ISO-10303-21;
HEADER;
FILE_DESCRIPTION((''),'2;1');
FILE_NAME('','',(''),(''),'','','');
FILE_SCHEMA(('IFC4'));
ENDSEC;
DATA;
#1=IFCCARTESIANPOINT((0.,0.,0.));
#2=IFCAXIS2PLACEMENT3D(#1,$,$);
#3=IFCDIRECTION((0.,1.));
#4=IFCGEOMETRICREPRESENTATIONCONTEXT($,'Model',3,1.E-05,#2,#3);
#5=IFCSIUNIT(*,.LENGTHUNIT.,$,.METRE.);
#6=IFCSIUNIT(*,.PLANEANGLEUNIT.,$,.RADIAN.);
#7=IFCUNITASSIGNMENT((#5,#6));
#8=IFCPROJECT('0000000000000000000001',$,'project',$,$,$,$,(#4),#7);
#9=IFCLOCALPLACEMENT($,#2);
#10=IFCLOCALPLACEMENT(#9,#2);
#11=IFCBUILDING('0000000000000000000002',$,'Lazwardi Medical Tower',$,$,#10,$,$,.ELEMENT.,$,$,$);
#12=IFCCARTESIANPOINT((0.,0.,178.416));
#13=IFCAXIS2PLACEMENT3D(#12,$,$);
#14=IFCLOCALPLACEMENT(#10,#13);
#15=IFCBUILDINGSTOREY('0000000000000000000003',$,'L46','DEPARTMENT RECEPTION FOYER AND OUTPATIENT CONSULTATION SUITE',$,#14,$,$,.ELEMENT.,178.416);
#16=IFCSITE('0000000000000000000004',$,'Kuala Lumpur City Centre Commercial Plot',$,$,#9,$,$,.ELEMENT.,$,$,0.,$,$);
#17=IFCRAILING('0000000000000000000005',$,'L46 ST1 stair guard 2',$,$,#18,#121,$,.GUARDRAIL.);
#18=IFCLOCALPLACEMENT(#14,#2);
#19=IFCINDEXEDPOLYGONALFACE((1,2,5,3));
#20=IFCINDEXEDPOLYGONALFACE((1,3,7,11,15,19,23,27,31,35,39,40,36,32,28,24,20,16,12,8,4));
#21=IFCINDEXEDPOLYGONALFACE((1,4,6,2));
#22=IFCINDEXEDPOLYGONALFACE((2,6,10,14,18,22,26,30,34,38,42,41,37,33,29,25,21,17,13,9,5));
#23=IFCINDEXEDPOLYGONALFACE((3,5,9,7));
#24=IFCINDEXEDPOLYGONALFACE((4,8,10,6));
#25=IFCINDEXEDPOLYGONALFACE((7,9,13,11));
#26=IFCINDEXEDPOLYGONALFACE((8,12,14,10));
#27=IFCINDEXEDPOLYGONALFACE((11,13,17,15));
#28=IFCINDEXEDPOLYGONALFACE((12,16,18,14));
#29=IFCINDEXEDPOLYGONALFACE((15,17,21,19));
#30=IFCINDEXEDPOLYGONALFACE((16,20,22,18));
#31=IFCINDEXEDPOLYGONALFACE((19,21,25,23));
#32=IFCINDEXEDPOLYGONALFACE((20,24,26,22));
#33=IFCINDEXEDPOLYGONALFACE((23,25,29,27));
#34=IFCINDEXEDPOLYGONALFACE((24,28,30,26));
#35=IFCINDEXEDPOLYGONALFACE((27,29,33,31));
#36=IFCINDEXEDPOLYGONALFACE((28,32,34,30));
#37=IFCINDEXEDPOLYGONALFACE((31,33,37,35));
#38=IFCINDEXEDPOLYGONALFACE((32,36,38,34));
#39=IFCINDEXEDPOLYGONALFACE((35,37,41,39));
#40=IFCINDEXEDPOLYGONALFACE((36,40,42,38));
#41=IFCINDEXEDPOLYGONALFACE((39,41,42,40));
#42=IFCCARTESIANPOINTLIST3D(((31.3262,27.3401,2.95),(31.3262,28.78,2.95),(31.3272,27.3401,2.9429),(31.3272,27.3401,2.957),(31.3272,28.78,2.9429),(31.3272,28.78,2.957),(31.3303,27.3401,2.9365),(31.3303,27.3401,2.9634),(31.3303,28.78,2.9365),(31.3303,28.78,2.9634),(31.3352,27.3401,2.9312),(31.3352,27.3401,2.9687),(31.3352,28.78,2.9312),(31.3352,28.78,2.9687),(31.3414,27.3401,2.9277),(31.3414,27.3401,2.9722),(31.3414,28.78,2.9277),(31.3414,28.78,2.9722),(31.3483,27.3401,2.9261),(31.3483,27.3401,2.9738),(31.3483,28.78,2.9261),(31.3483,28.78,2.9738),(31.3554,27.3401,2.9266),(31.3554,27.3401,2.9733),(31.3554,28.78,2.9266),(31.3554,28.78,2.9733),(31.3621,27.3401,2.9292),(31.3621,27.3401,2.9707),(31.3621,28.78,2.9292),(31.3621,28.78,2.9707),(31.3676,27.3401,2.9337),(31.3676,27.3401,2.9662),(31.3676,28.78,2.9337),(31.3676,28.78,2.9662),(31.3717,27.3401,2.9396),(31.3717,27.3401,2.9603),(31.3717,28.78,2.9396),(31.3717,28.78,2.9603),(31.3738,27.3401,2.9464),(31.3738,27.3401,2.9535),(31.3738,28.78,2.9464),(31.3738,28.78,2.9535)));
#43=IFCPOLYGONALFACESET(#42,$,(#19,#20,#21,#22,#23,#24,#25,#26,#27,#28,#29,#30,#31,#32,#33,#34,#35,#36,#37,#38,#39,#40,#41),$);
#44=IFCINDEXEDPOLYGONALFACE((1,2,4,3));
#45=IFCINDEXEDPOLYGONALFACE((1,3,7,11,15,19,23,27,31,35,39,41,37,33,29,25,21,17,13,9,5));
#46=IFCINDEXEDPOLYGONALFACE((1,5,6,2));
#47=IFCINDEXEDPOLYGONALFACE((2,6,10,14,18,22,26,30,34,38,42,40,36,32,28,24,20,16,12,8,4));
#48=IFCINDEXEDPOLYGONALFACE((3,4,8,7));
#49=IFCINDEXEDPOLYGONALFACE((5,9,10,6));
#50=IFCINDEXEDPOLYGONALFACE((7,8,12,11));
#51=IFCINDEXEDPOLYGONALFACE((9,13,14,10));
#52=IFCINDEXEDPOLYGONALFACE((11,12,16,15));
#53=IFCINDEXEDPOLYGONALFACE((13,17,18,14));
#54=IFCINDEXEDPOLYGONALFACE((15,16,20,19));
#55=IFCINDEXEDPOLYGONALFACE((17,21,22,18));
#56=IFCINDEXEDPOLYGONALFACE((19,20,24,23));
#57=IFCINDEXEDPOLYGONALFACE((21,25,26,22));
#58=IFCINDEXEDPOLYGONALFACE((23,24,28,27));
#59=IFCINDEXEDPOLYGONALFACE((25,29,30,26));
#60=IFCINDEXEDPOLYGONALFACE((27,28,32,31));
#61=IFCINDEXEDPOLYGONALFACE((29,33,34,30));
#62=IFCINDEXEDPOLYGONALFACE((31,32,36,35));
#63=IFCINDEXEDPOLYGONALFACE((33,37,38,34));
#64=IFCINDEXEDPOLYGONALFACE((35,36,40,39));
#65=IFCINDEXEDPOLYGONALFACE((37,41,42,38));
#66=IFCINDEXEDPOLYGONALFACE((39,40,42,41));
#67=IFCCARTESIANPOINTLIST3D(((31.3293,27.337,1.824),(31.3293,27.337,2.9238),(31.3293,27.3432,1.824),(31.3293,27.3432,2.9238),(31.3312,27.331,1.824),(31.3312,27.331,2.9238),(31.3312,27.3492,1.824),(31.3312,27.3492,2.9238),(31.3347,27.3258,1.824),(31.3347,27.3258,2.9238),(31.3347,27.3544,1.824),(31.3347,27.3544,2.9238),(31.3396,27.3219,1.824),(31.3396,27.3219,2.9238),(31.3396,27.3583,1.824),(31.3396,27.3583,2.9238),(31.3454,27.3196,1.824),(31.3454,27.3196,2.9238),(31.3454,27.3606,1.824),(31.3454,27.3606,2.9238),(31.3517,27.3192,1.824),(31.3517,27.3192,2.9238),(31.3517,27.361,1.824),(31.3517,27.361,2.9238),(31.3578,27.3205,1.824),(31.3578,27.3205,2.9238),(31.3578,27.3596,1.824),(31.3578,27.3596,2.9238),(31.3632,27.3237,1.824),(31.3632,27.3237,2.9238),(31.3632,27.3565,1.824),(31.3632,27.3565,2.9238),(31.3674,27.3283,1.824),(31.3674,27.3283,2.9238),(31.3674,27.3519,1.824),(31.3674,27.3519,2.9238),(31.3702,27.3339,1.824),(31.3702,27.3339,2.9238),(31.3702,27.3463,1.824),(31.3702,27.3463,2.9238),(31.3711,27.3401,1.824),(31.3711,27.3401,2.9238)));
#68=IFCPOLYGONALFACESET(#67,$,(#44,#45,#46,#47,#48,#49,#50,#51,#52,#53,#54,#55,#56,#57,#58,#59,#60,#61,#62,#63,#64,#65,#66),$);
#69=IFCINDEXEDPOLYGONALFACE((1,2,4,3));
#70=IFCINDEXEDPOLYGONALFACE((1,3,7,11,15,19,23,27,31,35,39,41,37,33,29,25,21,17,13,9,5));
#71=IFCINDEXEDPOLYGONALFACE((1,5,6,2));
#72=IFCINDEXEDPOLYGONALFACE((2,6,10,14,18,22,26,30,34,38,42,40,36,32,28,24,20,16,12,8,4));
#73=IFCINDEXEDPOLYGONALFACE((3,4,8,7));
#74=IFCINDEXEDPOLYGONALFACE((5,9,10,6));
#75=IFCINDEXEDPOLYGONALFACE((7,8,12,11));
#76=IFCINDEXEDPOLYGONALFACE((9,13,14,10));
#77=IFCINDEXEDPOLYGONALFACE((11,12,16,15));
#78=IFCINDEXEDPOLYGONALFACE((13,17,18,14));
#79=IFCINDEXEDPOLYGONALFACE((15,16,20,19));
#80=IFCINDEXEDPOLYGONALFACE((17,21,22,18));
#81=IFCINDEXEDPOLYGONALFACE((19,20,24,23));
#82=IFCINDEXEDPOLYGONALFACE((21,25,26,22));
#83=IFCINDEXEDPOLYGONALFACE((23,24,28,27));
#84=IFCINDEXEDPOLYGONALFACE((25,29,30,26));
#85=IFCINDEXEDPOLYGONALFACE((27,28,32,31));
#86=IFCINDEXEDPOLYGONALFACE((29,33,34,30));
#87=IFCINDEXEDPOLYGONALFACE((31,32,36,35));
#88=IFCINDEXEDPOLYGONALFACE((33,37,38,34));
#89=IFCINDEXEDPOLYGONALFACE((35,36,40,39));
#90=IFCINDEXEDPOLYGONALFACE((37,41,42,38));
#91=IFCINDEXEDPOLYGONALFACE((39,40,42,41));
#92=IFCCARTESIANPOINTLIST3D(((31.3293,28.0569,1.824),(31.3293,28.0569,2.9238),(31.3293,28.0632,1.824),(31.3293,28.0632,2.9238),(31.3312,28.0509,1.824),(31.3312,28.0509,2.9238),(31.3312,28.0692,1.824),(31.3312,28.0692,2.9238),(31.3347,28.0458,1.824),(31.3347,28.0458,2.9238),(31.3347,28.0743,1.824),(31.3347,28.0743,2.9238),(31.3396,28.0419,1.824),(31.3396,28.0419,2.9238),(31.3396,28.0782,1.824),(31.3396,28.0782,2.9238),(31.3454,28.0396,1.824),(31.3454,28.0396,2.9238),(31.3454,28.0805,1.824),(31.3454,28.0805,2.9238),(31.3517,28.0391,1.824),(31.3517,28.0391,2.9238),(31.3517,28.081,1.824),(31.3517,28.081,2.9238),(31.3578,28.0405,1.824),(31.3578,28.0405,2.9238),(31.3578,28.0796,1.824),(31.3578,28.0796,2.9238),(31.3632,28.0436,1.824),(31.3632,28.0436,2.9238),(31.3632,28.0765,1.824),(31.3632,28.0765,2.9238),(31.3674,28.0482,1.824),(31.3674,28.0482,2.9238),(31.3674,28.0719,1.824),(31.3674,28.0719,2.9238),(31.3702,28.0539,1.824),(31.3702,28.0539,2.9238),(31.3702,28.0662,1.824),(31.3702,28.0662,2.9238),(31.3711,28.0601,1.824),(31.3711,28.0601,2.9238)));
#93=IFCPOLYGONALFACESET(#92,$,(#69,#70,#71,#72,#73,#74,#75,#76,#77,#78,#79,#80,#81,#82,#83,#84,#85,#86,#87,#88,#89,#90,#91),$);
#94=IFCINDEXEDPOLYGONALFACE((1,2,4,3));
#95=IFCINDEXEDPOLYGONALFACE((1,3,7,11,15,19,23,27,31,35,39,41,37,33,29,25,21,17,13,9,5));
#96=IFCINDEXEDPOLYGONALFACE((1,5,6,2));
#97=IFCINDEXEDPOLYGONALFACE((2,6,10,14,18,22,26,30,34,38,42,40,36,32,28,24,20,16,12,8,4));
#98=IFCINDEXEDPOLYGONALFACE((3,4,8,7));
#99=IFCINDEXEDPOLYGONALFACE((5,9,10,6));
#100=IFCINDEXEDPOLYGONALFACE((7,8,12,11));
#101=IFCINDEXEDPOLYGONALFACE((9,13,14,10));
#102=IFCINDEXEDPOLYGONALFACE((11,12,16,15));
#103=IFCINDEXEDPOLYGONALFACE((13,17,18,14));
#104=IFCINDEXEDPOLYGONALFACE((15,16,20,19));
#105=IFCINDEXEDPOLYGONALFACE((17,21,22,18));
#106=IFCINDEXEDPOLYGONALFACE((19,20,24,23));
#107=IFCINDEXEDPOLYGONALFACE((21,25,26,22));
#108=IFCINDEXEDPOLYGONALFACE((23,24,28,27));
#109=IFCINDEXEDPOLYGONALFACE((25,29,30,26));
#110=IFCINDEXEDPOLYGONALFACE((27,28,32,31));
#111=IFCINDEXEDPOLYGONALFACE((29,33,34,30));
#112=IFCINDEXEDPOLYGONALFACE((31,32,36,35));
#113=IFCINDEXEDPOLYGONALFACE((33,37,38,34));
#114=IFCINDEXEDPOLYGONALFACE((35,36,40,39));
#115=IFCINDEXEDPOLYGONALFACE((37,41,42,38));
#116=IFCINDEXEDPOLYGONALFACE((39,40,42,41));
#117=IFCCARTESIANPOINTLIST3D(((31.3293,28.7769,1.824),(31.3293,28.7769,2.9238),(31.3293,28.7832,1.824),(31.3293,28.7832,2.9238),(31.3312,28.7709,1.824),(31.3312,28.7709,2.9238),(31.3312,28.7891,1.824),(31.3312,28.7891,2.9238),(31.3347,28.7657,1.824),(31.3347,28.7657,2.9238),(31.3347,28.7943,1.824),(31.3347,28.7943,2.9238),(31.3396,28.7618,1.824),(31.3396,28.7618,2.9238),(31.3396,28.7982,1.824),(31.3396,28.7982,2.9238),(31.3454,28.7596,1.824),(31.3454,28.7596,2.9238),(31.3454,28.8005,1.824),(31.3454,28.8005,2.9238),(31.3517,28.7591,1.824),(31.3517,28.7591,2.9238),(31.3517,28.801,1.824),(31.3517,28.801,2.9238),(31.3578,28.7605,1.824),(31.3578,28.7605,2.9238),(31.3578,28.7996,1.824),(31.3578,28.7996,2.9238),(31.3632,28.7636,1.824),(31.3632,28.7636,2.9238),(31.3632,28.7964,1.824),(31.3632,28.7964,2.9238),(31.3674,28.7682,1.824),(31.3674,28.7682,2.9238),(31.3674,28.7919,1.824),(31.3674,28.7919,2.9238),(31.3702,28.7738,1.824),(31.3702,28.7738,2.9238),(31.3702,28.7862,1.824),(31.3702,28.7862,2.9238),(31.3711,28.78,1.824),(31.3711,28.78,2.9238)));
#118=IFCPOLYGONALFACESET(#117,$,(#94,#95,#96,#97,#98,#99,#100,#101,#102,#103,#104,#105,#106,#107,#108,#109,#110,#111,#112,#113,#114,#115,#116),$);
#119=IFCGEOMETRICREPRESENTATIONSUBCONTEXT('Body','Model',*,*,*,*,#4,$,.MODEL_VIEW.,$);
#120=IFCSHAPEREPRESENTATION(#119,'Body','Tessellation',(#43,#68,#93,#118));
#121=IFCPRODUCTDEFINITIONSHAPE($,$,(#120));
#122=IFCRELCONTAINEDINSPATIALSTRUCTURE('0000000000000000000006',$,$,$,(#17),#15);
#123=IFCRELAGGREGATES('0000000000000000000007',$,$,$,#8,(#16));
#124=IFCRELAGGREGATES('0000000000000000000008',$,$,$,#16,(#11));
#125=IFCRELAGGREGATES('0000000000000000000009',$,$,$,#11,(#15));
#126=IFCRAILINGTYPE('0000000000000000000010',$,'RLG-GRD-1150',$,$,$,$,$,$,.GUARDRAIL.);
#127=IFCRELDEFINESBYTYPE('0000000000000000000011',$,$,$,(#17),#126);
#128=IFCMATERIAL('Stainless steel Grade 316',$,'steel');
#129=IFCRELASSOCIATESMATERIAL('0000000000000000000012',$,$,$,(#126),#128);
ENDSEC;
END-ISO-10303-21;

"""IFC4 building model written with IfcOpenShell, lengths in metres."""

from ifc_helpers import new_model, si_unit, direction, frame, origin, origin_2d, place, context, subcontext, project, spatial, circle, extrude, material, type_object, element, save


model = new_model("IFC4")

# Units and contexts
model_context = context("Model", 3, precision=1e-05, world=origin(), true_north=direction((0.0, 1.0)))
body_context = subcontext(model_context, "Body", "Model", "MODEL_VIEW")
ifc_project = project(units=[si_unit("LENGTHUNIT", "METRE"), si_unit("PLANEANGLEUNIT", "RADIAN")], contexts=[model_context])

# Site, building, storey
site_placement = place(None, origin())
site = spatial("IfcSite", under=ifc_project, at=site_placement, Name="Kuala Lumpur City Centre Commercial Plot", CompositionType="ELEMENT", RefElevation=0.0)
building_placement = place(site_placement, origin())
building = spatial("IfcBuilding", under=site, at=building_placement, Name="Lazwardi Medical Tower", CompositionType="ELEMENT")
storey_placement = place(building_placement, frame((0.0, 0.0, 178.416)))
storey = spatial("IfcBuildingStorey", under=building, at=storey_placement, Name="L46", Description="DEPARTMENT RECEPTION FOYER AND OUTPATIENT CONSULTATION SUITE", CompositionType="ELEMENT", Elevation=178.416)

# Railing
ifc_material_1 = material(Name="Stainless steel Grade 316", Category="steel")
railing_type_1 = type_object("IfcRailingType", Name="RLG-GRD-1150", PredefinedType="GUARDRAIL", material=ifc_material_1)
railing_1_placement = place(storey_placement, frame((31.3501, 27.3401, 1.824)))
element("IfcRailing", 1, at=railing_1_placement, inside=storey, type_object=railing_type_1, Name="L46 ST1 stair guard 2", PredefinedType="GUARDRAIL", context=body_context, shape_type="SweptSolid", body=[
    extrude(circle(Radius=0.0239, at=origin_2d()), frame((0.0, 0.0, 1.126), z_axis=(0.0, 1.0, 0.0), x_axis=(-1.0, 0.0, 0.0)), (0.0, 0.0, 1.0), 1.4399),
    extrude(circle(Radius=0.021, at=origin_2d()), origin(), (0.0, 0.0, 1.0), 1.0999),
    extrude(circle(Radius=0.021, at=origin_2d()), frame((0.0, 0.72, 0.0)), (0.0, 0.0, 1.0), 1.0999),
    extrude(circle(Radius=0.021, at=origin_2d()), frame((0.0, 1.4399, 0.0)), (0.0, 0.0, 1.0), 1.0999),
])

save(model, "model.ifc")
